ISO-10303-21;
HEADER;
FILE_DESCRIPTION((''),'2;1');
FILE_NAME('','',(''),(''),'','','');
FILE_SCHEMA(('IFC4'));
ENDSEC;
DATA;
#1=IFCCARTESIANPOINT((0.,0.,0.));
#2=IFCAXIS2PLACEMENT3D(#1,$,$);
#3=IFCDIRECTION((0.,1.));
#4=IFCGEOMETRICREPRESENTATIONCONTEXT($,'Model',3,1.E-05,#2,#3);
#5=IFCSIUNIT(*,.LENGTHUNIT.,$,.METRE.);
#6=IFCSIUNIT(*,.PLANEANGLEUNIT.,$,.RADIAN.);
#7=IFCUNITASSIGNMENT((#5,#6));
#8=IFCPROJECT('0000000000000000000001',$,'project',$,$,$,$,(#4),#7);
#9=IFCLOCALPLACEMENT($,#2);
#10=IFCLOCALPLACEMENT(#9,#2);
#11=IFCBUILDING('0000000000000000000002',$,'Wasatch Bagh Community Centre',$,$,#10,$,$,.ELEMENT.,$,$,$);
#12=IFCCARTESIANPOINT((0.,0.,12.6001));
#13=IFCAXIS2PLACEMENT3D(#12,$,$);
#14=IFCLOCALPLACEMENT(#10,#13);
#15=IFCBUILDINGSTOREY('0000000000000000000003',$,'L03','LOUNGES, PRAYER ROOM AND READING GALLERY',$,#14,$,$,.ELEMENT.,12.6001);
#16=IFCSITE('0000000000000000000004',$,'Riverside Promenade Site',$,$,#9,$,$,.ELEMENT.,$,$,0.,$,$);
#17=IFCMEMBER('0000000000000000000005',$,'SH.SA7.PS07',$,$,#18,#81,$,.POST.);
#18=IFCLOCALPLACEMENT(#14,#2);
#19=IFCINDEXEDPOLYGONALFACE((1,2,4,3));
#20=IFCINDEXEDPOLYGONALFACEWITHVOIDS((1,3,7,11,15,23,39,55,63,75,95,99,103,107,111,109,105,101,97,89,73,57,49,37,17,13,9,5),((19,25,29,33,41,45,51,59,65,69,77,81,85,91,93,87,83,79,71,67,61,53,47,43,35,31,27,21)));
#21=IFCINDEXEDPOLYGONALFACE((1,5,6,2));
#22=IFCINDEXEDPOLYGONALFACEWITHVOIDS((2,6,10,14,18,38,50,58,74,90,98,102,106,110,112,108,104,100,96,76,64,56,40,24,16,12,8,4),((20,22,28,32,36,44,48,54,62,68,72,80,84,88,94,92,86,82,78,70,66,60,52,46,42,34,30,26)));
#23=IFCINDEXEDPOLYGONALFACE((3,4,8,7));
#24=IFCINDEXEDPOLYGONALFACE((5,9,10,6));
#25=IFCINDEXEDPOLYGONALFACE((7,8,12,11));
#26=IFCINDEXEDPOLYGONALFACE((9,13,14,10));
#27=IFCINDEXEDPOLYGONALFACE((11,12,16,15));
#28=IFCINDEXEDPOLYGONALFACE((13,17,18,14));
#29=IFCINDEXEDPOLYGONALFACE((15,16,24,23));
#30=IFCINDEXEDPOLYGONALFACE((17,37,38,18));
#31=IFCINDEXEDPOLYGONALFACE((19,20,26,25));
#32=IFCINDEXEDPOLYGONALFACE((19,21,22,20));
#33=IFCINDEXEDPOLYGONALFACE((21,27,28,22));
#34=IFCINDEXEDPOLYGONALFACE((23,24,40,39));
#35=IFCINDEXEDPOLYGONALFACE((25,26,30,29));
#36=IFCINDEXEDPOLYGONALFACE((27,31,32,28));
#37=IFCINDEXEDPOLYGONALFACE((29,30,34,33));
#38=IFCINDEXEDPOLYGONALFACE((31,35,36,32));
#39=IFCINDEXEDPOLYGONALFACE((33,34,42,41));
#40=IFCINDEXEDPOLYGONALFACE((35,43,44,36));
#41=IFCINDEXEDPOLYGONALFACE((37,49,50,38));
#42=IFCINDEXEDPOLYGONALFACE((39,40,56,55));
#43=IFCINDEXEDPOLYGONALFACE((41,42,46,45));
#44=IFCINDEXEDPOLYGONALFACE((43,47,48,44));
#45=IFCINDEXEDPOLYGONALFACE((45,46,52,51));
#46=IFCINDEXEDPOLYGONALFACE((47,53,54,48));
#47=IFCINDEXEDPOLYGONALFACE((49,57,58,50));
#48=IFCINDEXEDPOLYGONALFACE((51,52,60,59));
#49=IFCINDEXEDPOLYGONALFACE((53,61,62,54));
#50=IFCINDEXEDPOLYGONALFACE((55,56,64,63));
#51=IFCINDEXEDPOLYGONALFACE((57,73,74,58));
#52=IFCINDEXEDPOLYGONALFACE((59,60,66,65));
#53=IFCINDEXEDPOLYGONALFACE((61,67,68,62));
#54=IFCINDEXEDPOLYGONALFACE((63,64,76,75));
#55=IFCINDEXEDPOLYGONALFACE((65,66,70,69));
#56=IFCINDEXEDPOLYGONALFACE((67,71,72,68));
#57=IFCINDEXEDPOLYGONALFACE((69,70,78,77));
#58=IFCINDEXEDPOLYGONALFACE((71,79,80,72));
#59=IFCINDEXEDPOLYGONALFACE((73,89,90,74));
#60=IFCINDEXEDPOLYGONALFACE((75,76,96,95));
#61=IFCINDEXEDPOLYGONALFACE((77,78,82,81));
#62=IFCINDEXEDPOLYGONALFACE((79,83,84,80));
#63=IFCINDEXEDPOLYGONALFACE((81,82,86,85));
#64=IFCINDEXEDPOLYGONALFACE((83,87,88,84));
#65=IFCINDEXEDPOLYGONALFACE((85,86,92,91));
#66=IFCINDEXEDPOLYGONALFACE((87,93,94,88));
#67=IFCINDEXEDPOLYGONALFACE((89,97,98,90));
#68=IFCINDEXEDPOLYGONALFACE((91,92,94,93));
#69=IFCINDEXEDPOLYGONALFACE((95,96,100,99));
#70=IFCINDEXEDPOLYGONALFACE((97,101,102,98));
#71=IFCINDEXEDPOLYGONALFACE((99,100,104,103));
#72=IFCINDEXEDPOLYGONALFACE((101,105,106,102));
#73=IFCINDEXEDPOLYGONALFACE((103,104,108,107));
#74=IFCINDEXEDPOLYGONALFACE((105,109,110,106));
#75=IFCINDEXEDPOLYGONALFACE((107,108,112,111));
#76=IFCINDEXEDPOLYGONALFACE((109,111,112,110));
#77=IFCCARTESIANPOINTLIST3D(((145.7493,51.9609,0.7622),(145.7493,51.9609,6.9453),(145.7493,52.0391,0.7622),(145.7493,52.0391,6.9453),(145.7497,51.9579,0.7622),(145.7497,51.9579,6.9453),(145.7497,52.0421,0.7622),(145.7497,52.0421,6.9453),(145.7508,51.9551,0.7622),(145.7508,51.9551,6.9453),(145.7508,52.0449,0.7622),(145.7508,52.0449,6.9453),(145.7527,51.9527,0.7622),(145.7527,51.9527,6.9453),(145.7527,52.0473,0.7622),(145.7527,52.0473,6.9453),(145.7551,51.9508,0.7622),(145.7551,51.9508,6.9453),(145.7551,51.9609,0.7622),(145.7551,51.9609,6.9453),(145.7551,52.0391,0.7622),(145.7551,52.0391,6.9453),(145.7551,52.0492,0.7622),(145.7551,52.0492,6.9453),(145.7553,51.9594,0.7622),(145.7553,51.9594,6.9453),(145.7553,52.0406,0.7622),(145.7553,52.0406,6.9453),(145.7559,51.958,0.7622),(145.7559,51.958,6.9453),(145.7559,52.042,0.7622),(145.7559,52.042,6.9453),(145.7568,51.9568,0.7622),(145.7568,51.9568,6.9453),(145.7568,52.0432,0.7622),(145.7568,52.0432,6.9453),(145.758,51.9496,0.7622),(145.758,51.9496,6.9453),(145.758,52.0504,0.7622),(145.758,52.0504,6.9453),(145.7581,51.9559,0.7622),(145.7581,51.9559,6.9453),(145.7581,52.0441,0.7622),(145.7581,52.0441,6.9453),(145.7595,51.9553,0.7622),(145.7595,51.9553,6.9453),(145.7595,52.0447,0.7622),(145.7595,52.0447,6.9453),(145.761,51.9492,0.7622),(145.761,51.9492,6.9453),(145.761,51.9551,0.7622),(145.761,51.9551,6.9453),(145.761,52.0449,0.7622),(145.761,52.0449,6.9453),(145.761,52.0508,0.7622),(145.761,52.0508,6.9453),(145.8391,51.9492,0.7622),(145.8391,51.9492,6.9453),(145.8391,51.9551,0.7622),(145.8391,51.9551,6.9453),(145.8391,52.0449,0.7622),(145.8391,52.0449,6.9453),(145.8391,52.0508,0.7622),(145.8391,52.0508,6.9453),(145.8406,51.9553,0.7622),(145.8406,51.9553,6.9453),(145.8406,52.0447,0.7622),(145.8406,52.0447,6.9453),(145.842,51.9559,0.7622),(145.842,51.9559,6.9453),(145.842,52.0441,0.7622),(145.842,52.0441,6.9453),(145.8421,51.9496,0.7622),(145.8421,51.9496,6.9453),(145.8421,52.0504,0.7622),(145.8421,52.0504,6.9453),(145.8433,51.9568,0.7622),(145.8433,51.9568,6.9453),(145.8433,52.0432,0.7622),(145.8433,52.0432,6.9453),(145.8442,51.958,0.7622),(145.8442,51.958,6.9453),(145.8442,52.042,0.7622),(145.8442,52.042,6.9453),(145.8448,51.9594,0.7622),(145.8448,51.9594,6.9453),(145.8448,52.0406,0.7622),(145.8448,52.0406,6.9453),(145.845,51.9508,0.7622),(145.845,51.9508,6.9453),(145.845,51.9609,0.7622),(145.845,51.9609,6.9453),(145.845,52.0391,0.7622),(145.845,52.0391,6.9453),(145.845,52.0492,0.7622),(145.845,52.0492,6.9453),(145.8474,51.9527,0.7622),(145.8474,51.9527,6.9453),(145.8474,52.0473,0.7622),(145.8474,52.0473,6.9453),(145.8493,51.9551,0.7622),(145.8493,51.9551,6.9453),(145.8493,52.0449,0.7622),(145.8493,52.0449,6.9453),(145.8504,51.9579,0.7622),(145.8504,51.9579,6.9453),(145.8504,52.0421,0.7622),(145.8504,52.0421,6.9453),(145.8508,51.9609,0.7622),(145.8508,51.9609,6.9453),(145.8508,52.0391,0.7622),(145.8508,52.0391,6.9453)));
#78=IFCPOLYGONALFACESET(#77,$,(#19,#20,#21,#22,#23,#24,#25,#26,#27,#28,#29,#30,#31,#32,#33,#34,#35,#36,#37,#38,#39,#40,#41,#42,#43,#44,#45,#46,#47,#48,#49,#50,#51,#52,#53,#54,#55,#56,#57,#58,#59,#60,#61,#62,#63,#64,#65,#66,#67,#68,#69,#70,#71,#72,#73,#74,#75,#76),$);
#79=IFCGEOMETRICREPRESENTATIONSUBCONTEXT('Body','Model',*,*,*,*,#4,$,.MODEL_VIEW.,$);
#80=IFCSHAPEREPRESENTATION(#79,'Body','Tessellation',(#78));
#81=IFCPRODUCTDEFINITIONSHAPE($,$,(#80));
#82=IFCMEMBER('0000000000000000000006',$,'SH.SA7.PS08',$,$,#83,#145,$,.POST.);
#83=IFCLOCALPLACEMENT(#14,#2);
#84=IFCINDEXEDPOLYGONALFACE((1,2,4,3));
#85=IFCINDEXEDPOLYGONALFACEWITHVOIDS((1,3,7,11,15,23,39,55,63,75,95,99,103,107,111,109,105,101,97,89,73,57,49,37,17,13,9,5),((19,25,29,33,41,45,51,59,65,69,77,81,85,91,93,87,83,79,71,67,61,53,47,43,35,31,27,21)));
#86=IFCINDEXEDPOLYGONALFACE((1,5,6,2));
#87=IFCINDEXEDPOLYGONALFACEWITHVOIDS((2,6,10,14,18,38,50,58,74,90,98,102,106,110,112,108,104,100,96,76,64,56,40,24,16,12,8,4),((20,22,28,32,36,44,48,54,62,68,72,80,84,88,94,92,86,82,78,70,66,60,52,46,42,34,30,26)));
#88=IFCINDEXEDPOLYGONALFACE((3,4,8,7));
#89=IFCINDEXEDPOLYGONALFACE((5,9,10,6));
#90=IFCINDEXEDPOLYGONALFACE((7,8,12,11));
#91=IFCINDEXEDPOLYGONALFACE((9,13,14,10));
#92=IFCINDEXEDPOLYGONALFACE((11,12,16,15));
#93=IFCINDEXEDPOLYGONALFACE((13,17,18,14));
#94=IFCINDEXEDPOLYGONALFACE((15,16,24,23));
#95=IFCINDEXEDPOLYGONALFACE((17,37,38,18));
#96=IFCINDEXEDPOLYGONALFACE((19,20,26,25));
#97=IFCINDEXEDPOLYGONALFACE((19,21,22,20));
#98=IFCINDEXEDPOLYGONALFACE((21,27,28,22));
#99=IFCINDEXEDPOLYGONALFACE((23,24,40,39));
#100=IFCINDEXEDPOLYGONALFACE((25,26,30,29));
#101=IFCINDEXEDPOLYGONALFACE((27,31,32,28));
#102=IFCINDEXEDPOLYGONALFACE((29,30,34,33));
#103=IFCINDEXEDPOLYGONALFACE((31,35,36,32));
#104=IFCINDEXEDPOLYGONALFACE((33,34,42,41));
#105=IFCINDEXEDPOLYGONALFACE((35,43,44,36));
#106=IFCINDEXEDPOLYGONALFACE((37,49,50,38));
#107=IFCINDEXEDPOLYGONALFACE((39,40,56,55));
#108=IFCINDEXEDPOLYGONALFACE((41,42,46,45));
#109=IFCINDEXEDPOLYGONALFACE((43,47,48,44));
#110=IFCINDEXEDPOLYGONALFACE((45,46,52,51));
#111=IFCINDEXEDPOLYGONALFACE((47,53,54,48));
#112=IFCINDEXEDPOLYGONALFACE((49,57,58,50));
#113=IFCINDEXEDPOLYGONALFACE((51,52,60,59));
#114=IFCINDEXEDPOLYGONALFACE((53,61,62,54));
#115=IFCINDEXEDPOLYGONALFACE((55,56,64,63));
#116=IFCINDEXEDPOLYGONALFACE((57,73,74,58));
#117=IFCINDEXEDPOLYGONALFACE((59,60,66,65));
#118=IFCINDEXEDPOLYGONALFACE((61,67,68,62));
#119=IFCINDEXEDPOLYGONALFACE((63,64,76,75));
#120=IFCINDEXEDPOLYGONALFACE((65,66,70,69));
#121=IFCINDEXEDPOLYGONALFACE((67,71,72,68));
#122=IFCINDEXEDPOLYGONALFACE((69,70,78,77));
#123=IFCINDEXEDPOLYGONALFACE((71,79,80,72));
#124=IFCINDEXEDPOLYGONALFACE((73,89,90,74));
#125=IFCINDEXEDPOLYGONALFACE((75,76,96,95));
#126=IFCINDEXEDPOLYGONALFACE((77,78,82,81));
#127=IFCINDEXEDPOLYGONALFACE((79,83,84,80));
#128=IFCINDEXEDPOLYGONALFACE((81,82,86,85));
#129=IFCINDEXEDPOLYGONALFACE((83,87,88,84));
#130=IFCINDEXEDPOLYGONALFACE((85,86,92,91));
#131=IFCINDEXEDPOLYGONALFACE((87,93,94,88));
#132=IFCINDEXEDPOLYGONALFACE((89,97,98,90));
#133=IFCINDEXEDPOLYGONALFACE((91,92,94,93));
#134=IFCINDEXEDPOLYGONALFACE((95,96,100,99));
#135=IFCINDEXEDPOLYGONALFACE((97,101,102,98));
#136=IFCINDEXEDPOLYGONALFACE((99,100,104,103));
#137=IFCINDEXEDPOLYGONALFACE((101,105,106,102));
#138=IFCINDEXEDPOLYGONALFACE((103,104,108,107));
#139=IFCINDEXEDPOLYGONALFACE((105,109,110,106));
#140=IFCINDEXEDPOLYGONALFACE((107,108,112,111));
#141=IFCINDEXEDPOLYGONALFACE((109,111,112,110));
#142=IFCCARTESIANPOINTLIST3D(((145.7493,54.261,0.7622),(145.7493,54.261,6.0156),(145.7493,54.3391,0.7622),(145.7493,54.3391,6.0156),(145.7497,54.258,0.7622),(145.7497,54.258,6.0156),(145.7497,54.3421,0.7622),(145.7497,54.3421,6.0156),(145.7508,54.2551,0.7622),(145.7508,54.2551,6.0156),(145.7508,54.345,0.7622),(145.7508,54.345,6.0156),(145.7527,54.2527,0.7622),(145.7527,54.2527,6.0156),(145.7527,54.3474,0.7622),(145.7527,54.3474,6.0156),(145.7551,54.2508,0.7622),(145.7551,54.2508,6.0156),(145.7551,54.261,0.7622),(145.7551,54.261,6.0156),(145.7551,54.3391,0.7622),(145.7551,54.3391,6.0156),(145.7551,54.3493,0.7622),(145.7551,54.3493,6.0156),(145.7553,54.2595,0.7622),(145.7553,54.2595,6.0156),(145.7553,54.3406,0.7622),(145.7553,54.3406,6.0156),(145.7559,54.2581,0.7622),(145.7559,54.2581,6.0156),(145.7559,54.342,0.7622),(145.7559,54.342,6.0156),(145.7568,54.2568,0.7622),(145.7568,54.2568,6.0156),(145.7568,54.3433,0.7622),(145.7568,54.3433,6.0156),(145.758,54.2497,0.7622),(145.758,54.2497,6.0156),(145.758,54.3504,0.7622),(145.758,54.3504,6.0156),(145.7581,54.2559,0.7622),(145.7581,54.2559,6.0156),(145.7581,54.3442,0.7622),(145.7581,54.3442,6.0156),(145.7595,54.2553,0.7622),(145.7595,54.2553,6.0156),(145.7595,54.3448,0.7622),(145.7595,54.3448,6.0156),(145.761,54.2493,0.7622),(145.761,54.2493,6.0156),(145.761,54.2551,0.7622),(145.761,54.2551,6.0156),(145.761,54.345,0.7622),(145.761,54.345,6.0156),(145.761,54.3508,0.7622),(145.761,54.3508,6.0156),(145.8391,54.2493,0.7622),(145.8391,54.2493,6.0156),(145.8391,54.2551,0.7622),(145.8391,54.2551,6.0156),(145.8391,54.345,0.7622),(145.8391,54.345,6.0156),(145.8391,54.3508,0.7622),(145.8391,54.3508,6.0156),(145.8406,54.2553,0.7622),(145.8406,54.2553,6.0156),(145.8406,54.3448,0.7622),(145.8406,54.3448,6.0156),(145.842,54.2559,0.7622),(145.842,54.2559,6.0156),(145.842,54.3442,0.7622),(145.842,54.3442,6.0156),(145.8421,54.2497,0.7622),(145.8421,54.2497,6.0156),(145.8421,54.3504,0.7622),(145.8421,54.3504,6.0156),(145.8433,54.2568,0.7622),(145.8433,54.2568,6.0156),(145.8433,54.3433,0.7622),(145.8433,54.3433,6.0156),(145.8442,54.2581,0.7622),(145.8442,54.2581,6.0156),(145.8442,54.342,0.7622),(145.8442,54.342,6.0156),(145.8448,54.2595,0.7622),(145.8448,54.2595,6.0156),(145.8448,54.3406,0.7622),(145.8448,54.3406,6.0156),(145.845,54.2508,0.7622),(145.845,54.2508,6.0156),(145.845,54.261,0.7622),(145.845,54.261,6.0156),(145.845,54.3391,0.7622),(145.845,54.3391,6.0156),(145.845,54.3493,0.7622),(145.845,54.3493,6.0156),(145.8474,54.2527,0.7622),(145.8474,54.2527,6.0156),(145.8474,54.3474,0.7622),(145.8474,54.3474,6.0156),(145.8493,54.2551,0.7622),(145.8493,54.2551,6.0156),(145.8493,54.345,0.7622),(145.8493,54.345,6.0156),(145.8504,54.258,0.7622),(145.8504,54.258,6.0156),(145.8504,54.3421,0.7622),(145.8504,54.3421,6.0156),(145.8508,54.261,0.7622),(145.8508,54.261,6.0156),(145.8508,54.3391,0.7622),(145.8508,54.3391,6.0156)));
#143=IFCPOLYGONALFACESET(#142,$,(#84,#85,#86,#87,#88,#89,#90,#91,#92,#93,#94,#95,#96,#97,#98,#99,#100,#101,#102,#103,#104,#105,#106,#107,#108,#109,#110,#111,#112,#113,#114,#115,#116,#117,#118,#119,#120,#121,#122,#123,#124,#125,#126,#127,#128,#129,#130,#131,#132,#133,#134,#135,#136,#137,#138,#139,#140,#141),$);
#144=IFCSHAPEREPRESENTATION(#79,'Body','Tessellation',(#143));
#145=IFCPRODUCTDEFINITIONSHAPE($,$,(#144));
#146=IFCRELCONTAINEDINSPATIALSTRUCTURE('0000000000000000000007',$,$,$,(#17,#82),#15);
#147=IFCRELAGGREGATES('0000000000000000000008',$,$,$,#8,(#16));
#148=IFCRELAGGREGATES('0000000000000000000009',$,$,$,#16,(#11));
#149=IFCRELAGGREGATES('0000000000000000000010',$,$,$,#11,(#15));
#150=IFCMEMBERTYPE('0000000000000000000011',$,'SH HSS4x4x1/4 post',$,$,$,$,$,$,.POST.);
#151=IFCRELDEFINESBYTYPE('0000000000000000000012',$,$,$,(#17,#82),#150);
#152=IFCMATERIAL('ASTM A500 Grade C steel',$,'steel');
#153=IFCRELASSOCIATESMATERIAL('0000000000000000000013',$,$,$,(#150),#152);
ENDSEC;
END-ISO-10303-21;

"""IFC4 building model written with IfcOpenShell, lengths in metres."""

from ifc_helpers import new_model, si_unit, direction, frame, origin, origin_2d, place, context, subcontext, project, spatial, hollow_rectangle, extrude, material, material_profile, profile_set, type_object, element, save


model = new_model("IFC4")

# Units and contexts
model_context = context("Model", 3, precision=1e-05, world=origin(), true_north=direction((0.0, 1.0)))
body_context = subcontext(model_context, "Body", "Model", "MODEL_VIEW")
ifc_project = project(units=[si_unit("LENGTHUNIT", "METRE"), si_unit("PLANEANGLEUNIT", "RADIAN")], contexts=[model_context])

# Site, building, storey
site_placement = place(None, origin())
site = spatial("IfcSite", under=ifc_project, at=site_placement, Name="Riverside Promenade Site", CompositionType="ELEMENT", RefElevation=0.0)
building_placement = place(site_placement, origin())
building = spatial("IfcBuilding", under=site, at=building_placement, Name="Wasatch Bagh Community Centre", CompositionType="ELEMENT")
storey_placement = place(building_placement, frame((0.0, 0.0, 12.6001)))
storey = spatial("IfcBuildingStorey", under=building, at=storey_placement, Name="L03", Description="LOUNGES, PRAYER ROOM AND READING GALLERY", CompositionType="ELEMENT", Elevation=12.6001)

# Members
ifc_material_1 = material(Name="ASTM A500 Grade C steel", Category="steel")
ifc_material_profile_1 = material_profile(ifc_material_1, hollow_rectangle(XDim=0.1016, YDim=0.1016, WallThickness=0.0059, InnerFilletRadius=0.0059, OuterFilletRadius=0.0117, at=origin_2d()), Name="HSS4x4x1/4")
ifc_profile_set_1 = profile_set([ifc_material_profile_1], Name="ASTM A500 Grade C steel")
member_type_1 = type_object("IfcMemberType", Name="SH HSS4x4x1/4 post", PredefinedType="POST", material=ifc_profile_set_1)
member_1_placement = place(storey_placement, frame((145.8, 52.0, 0.7622), z_axis=(0.0, 0.0, 1.0), x_axis=(1.0, 0.0, 0.0)))
element("IfcMember", 1, at=member_1_placement, inside=storey, type_object=member_type_1, Name="SH.SA7.PS07", PredefinedType="POST", context=body_context, shape_type="SweptSolid", body=[
    extrude(hollow_rectangle(XDim=0.1016, YDim=0.1016, WallThickness=0.0059, InnerFilletRadius=0.0059, OuterFilletRadius=0.0117, at=origin_2d()), origin(), (0.0, 0.0, 1.0), 6.1831),
])
member_2_placement = place(storey_placement, frame((145.8, 54.3, 0.7622), z_axis=(0.0, 0.0, 1.0), x_axis=(1.0, 0.0, 0.0)))
element("IfcMember", 2, at=member_2_placement, inside=storey, type_object=member_type_1, Name="SH.SA7.PS08", PredefinedType="POST", context=body_context, shape_type="SweptSolid", body=[
    extrude(hollow_rectangle(XDim=0.1016, YDim=0.1016, WallThickness=0.0059, InnerFilletRadius=0.0059, OuterFilletRadius=0.0117, at=origin_2d()), origin(), (0.0, 0.0, 1.0), 5.2534),
])

save(model, "model.ifc")
